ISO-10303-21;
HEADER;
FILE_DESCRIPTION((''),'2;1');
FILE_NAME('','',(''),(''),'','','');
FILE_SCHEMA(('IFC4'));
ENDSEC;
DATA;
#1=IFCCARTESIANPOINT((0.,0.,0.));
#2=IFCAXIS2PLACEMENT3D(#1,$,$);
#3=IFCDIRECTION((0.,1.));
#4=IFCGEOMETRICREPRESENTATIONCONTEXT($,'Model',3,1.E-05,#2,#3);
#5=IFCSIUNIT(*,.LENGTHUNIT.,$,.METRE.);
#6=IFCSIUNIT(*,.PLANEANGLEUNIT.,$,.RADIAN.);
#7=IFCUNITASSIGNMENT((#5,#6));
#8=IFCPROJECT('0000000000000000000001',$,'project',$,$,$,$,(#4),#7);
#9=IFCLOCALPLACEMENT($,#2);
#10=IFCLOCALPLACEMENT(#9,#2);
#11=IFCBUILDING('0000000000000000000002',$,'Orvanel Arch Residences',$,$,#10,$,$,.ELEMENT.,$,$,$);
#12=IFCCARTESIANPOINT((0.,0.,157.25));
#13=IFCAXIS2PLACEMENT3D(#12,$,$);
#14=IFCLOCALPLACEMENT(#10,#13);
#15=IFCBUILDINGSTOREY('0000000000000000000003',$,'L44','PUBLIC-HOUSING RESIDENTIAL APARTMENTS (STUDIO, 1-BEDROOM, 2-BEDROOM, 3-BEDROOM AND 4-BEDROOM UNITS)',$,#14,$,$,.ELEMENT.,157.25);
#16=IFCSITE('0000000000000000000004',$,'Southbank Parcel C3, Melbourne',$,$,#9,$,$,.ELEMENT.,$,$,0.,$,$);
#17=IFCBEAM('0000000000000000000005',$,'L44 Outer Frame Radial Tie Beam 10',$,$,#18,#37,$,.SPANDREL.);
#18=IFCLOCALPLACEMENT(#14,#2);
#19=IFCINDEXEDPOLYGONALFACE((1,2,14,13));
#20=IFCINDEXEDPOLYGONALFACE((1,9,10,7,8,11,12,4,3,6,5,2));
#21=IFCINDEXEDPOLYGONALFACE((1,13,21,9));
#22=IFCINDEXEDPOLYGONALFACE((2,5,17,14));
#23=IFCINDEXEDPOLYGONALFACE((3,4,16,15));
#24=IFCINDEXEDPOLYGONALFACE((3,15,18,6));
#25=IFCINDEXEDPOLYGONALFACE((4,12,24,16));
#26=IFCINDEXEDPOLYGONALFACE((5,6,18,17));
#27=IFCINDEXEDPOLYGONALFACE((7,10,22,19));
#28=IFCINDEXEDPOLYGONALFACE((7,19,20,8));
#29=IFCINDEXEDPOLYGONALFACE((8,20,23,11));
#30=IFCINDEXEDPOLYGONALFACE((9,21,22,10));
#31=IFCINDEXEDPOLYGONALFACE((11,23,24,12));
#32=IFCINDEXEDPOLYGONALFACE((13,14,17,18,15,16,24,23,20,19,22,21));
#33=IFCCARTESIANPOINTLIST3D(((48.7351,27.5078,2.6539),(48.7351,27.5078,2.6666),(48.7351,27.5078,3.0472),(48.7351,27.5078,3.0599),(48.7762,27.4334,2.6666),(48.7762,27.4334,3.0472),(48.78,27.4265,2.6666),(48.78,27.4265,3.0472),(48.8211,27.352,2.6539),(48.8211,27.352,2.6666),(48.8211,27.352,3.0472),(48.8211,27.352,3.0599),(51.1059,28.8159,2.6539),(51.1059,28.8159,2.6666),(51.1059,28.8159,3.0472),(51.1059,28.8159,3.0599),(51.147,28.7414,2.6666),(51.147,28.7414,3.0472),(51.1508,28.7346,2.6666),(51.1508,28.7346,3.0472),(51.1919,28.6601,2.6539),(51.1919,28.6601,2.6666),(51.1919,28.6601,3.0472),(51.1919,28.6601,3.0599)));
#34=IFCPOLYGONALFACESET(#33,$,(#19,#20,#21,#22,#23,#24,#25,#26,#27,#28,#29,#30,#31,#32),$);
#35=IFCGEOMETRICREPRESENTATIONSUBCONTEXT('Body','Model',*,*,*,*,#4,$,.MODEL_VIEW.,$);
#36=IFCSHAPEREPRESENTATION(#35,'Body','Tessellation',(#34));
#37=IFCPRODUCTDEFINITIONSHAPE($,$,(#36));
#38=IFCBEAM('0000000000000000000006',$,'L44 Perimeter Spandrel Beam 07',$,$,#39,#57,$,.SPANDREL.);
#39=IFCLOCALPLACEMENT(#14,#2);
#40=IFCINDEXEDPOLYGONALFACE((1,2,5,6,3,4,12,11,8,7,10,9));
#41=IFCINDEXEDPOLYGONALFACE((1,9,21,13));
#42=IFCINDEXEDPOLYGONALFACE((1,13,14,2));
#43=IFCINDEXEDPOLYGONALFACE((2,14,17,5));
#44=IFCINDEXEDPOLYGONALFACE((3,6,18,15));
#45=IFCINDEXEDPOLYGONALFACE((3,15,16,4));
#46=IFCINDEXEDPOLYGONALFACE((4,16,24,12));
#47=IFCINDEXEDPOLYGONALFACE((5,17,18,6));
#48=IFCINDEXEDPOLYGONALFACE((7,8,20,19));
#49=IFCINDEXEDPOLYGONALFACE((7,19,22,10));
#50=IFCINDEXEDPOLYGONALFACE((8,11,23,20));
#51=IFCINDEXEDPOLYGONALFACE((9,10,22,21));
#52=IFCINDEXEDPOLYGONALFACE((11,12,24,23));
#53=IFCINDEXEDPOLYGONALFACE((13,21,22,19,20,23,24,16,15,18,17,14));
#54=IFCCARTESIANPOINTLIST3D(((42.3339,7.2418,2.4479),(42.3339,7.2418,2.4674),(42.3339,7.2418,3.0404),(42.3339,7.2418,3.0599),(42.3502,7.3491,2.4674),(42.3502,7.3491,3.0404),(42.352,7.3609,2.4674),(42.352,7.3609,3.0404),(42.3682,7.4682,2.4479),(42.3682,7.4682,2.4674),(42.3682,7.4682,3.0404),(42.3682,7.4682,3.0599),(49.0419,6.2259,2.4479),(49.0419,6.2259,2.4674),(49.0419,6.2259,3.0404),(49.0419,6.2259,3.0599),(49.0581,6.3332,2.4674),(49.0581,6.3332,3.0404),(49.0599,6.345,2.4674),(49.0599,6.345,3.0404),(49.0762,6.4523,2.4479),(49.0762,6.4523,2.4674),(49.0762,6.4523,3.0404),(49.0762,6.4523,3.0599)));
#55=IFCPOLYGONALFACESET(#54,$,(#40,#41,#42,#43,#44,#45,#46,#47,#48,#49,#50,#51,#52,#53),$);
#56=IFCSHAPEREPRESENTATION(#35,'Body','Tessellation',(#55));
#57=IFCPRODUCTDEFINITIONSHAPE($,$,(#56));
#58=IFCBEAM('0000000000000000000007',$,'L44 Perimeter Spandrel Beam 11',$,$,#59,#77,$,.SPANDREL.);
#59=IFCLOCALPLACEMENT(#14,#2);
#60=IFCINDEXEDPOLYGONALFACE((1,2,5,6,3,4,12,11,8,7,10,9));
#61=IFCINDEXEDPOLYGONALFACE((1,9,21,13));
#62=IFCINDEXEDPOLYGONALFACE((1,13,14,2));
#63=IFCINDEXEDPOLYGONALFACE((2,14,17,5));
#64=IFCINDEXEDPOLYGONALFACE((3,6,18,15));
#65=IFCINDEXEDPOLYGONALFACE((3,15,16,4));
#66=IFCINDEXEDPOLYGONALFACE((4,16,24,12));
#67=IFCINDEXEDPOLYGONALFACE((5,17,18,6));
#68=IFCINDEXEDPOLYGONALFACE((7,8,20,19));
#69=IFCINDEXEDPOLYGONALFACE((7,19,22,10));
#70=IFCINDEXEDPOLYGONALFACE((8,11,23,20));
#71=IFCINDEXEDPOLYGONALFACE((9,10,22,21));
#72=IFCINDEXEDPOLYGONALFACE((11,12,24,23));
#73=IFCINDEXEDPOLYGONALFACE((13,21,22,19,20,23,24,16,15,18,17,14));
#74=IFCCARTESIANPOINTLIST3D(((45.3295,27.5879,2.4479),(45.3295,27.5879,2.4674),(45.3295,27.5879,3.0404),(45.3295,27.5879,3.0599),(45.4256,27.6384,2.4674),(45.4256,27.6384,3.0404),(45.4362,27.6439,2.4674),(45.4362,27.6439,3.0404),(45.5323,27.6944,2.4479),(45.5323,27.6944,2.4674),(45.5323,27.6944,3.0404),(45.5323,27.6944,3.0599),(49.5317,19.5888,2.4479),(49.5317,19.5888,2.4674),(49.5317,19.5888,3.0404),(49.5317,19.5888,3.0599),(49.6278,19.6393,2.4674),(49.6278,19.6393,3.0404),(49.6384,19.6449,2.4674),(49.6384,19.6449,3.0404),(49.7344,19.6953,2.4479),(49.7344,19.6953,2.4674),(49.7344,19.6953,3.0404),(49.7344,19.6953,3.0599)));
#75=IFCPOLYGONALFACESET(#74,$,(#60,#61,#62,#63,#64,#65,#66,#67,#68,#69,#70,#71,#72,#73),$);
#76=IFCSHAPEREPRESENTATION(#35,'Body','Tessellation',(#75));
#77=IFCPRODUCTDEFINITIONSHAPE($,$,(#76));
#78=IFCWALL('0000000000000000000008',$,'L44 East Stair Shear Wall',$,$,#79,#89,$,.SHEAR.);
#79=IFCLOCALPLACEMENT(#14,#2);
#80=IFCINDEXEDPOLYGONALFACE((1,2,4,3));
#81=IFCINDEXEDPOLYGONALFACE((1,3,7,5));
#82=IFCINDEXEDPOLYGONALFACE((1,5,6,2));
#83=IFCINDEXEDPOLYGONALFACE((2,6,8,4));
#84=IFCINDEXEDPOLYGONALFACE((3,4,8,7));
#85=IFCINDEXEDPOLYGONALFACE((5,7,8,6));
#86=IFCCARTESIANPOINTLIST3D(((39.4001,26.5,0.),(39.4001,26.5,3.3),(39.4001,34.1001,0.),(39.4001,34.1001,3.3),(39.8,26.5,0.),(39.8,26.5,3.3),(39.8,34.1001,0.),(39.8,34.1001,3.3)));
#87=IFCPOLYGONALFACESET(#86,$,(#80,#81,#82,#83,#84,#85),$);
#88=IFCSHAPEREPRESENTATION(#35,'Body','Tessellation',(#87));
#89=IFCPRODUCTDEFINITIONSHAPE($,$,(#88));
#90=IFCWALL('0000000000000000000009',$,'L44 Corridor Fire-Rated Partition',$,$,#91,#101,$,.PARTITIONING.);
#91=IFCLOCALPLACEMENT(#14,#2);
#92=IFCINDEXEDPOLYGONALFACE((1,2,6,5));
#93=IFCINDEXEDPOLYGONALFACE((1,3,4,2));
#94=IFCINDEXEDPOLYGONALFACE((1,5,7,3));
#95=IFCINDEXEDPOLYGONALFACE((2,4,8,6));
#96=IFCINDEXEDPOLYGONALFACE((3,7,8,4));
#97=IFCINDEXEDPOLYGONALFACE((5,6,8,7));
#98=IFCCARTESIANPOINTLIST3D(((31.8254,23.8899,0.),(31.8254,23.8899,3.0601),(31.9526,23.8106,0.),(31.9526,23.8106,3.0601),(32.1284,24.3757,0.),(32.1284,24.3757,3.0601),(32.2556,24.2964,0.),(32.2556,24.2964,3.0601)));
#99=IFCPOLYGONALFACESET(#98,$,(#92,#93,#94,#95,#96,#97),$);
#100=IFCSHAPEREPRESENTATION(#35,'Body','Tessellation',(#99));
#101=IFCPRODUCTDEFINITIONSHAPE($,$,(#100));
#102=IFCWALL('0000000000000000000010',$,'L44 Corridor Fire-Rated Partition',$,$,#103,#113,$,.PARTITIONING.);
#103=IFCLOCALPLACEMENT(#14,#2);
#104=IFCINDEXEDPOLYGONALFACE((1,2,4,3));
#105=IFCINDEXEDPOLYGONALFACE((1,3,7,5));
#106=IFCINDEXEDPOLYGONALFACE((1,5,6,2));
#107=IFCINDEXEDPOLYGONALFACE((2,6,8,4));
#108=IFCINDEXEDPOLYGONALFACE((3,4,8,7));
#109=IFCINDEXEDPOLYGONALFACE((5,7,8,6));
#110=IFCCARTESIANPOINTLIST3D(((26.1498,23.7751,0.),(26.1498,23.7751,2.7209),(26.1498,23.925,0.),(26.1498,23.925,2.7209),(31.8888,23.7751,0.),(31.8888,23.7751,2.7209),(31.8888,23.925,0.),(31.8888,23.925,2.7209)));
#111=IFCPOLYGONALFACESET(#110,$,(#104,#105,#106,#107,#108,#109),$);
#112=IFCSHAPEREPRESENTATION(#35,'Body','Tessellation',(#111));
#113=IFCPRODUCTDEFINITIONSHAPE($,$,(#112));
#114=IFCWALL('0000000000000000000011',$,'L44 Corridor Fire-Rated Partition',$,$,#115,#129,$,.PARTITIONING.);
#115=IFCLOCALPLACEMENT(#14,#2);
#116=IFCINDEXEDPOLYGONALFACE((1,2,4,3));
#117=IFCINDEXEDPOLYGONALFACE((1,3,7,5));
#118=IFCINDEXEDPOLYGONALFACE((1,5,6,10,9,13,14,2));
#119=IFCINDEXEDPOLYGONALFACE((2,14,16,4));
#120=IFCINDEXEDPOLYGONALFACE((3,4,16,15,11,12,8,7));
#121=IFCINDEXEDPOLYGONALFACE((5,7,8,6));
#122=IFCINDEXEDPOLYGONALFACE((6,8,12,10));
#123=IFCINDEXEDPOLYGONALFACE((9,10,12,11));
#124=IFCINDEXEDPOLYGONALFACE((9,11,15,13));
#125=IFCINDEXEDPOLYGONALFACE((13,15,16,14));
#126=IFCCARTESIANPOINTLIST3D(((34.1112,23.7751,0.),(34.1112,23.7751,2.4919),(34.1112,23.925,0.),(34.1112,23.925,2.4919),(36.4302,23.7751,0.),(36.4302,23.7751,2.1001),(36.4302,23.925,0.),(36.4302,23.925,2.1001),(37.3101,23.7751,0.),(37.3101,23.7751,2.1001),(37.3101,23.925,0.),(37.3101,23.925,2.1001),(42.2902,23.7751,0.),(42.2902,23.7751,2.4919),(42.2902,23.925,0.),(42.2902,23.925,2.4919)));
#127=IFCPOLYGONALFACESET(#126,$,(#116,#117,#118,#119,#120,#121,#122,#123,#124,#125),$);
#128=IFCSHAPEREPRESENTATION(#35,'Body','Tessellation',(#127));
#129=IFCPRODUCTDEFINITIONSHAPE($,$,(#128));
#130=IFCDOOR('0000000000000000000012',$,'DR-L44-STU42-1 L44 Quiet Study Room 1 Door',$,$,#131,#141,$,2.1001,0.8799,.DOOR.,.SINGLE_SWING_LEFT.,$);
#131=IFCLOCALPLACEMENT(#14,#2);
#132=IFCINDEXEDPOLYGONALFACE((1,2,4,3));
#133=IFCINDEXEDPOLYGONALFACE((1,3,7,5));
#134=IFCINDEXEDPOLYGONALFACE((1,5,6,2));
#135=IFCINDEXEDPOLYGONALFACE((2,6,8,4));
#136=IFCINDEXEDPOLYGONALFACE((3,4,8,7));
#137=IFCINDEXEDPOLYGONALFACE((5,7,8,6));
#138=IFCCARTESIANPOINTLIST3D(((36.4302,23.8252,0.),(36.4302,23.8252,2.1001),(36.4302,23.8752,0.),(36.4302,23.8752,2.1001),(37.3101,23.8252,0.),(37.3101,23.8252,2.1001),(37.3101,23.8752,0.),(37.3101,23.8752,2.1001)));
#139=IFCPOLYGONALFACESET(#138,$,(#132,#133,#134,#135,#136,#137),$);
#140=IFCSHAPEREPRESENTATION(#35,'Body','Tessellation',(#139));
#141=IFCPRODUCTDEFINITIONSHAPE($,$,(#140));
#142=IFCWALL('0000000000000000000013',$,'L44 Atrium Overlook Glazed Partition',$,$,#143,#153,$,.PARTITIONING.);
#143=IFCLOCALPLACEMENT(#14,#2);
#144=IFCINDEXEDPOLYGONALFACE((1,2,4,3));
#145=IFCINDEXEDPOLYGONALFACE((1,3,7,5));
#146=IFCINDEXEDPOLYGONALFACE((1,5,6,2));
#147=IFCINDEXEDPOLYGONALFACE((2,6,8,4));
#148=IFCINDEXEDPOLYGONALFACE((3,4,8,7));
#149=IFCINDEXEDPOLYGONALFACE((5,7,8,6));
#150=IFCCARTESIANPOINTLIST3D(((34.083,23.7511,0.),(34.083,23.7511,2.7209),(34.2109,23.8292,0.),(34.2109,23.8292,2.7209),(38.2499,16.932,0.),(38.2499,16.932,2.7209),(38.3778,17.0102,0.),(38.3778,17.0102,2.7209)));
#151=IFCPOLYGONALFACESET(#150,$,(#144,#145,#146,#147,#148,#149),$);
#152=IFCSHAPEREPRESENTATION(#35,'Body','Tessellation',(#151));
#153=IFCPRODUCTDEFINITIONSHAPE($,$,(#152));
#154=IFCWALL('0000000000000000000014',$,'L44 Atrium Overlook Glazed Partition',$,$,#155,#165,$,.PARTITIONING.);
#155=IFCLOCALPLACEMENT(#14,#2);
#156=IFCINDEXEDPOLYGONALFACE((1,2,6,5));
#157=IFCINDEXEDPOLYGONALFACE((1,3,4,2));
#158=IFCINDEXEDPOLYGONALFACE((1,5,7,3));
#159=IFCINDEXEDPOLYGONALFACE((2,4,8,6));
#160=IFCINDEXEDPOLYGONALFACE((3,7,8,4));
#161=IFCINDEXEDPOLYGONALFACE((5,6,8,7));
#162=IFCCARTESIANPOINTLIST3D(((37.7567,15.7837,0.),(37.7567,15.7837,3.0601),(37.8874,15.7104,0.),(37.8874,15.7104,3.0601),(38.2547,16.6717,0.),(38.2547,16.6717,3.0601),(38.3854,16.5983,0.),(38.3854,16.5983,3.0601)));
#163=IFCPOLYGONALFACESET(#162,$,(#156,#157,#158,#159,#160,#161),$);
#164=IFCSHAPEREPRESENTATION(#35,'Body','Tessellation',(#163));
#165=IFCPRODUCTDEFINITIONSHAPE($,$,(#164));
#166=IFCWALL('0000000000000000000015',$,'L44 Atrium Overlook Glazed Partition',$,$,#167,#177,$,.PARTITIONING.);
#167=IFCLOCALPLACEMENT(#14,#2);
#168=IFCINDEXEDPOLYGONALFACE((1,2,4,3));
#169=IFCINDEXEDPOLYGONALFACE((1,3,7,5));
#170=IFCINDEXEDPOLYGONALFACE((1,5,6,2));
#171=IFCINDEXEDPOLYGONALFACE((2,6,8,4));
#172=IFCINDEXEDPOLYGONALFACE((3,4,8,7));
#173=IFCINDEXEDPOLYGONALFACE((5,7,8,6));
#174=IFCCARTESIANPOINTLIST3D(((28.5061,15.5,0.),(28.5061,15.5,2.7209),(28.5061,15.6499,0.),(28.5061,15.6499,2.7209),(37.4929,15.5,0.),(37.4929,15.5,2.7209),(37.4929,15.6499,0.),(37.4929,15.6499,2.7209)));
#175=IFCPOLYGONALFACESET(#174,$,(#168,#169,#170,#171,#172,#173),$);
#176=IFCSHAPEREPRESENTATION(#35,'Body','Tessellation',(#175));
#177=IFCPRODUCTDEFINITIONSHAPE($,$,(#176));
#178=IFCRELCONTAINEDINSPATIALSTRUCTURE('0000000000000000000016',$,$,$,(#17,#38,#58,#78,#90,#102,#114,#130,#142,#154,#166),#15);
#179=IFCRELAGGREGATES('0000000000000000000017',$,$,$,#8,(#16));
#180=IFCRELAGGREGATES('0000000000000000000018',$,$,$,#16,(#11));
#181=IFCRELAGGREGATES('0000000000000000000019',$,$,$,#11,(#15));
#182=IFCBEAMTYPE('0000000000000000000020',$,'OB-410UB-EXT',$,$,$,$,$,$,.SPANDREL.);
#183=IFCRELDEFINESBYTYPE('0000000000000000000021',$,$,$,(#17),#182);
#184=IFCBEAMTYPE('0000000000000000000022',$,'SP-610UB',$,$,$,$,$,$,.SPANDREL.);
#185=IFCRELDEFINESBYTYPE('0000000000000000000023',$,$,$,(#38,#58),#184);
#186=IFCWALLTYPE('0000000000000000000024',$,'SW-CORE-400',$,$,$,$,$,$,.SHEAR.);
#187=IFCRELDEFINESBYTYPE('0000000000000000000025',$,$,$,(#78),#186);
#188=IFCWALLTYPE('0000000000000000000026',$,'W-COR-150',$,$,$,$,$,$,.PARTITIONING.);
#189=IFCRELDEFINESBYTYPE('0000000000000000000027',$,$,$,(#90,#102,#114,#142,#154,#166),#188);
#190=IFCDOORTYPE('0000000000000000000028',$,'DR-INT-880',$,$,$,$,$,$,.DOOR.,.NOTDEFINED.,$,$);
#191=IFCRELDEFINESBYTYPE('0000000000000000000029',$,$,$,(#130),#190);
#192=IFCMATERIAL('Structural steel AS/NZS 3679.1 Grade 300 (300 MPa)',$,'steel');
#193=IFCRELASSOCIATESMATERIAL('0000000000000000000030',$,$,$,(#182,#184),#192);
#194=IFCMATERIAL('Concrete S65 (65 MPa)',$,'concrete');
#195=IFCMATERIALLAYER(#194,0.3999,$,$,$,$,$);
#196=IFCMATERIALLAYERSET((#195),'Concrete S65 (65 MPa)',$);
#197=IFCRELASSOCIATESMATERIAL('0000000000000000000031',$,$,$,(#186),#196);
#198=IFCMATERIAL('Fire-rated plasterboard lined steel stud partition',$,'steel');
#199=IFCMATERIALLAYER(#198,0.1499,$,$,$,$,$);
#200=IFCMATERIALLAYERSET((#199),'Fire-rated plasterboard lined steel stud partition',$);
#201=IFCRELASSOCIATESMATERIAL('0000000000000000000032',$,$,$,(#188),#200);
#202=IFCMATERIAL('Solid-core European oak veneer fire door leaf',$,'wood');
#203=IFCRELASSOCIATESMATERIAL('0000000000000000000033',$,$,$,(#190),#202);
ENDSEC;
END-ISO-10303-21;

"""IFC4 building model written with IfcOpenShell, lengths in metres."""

from ifc_helpers import new_model, si_unit, direction, frame, frame_2d, origin, origin_2d, place, context, subcontext, project, spatial, rectangle, i_section, extrude, material, layer, layer_set, material_profile, profile_set, type_object, element, fill, save


model = new_model("IFC4")

# Units and contexts
model_context = context("Model", 3, precision=1e-05, world=origin(), true_north=direction((0.0, 1.0)))
body_context = subcontext(model_context, "Body", "Model", "MODEL_VIEW")
ifc_project = project(units=[si_unit("LENGTHUNIT", "METRE"), si_unit("PLANEANGLEUNIT", "RADIAN")], contexts=[model_context])

# Site, building, storey
site_placement = place(None, origin())
site = spatial("IfcSite", under=ifc_project, at=site_placement, Name="Southbank Parcel C3, Melbourne", CompositionType="ELEMENT", RefElevation=0.0)
building_placement = place(site_placement, origin())
building = spatial("IfcBuilding", under=site, at=building_placement, Name="Orvanel Arch Residences", CompositionType="ELEMENT")
storey_placement = place(building_placement, frame((0.0, 0.0, 157.25)))
storey = spatial("IfcBuildingStorey", under=building, at=storey_placement, Name="L44", Description="PUBLIC-HOUSING RESIDENTIAL APARTMENTS (STUDIO, 1-BEDROOM, 2-BEDROOM, 3-BEDROOM AND 4-BEDROOM UNITS)", CompositionType="ELEMENT", Elevation=157.25)

# Beams
ifc_material_1 = material(Name="Structural steel AS/NZS 3679.1 Grade 300 (300 MPa)", Category="steel")
ifc_material_profile_1 = material_profile(ifc_material_1, i_section(OverallWidth=0.178, OverallDepth=0.406, WebThickness=0.0078, FlangeThickness=0.0127, at=origin_2d()), Name="410UB59.7")
ifc_profile_set_1 = profile_set([ifc_material_profile_1], Name="Structural steel AS/NZS 3679.1 Grade 300 (300 MPa)")
beam_type_1 = type_object("IfcBeamType", Name="OB-410UB-EXT", PredefinedType="SPANDREL", material=ifc_profile_set_1)
beam_1_placement = place(storey_placement, frame((48.7781, 27.4299, 2.8569), z_axis=(0.87557, 0.483092, 0.0), x_axis=(-0.483092, 0.87557, 0.0)))
element("IfcBeam", 1, at=beam_1_placement, inside=storey, type_object=beam_type_1, Name="L44 Outer Frame Radial Tie Beam 10", PredefinedType="SPANDREL", context=body_context, shape_type="SweptSolid", body=[
    extrude(i_section(OverallWidth=0.178, OverallDepth=0.406, WebThickness=0.0078, FlangeThickness=0.0127, at=origin_2d()), origin(), (0.0, 0.0, 1.0), 2.7078),
])
ifc_material_profile_2 = material_profile(ifc_material_1, i_section(OverallWidth=0.229, OverallDepth=0.6121, WebThickness=0.012, FlangeThickness=0.0195, at=origin_2d()), Name="610UB125")
ifc_profile_set_2 = profile_set([ifc_material_profile_2], Name="Structural steel AS/NZS 3679.1 Grade 300 (300 MPa)")
beam_type_2 = type_object("IfcBeamType", Name="SP-610UB", PredefinedType="SPANDREL", material=ifc_profile_set_2)
beam_2_placement = place(storey_placement, frame((42.3511, 7.355, 2.7539), z_axis=(0.988726, -0.149734, 0.0), x_axis=(0.149734, 0.988726, 0.0)))
element("IfcBeam", 2, at=beam_2_placement, inside=storey, type_object=beam_type_2, Name="L44 Perimeter Spandrel Beam 07", PredefinedType="SPANDREL", context=body_context, shape_type="SweptSolid", body=[
    extrude(i_section(OverallWidth=0.229, OverallDepth=0.6121, WebThickness=0.012, FlangeThickness=0.0195, at=origin_2d()), origin(), (0.0, 0.0, 1.0), 6.7844),
])
beam_3_placement = place(storey_placement, frame((49.6331, 19.6421, 2.7539), z_axis=(-0.465065, 0.885277, 0.0), x_axis=(-0.885277, -0.465065, 0.0)))
element("IfcBeam", 3, at=beam_3_placement, inside=storey, type_object=beam_type_2, Name="L44 Perimeter Spandrel Beam 11", PredefinedType="SPANDREL", context=body_context, shape_type="SweptSolid", body=[
    extrude(i_section(OverallWidth=0.229, OverallDepth=0.6121, WebThickness=0.012, FlangeThickness=0.0195, at=origin_2d()), origin(), (0.0, 0.0, 1.0), 9.0356),
])

# Shared definitions
ifc_material_2 = material(Name="Concrete S65 (65 MPa)", Category="concrete")

# Walls
ifc_layer_1 = layer(ifc_material_2, 0.3999)
ifc_layer_set_1 = layer_set([ifc_layer_1], Name="Concrete S65 (65 MPa)")
wall_type_1 = type_object("IfcWallType", Name="SW-CORE-400", PredefinedType="SHEAR", material=ifc_layer_set_1)
wall_1_placement = place(storey_placement, frame((39.6001, 26.5, 0.0), z_axis=(0.0, 0.0, 1.0), x_axis=(0.0, 1.0, 0.0)))
element("IfcWall", 4, at=wall_1_placement, inside=storey, type_object=wall_type_1, Name="L44 East Stair Shear Wall", PredefinedType="SHEAR", context=body_context, shape_type="SweptSolid", body=[
    extrude(rectangle(XDim=7.6001, YDim=0.3999, at=frame_2d((3.8, 0.0))), origin(), (0.0, 0.0, 1.0), 3.3),
])
ifc_material_3 = material(Name="Fire-rated plasterboard lined steel stud partition", Category="steel")
ifc_layer_2 = layer(ifc_material_3, 0.1499)
ifc_layer_set_2 = layer_set([ifc_layer_2], Name="Fire-rated plasterboard lined steel stud partition")
wall_type_2 = type_object("IfcWallType", Name="W-COR-150", PredefinedType="PARTITIONING", material=ifc_layer_set_2)
wall_2_placement = place(storey_placement, frame((32.1919, 24.3359, 0.0), z_axis=(0.0, 0.0, 1.0), x_axis=(-0.529155, -0.848525, 0.0)))
element("IfcWall", 5, at=wall_2_placement, inside=storey, type_object=wall_type_2, Name="L44 Corridor Fire-Rated Partition", PredefinedType="PARTITIONING", context=body_context, shape_type="SweptSolid", body=[
    extrude(rectangle(XDim=0.5725, YDim=0.1499, at=frame_2d((0.2861, 0.0))), origin(), (0.0, 0.0, 1.0), 3.0601),
])
wall_3_placement = place(storey_placement, frame((31.8889, 23.8501, 0.0), z_axis=(0.0, 0.0, 1.0), x_axis=(-1.0, 0.0, 0.0)))
element("IfcWall", 6, at=wall_3_placement, inside=storey, type_object=wall_type_2, Name="L44 Corridor Fire-Rated Partition", PredefinedType="PARTITIONING", context=body_context, shape_type="SweptSolid", body=[
    extrude(rectangle(XDim=5.739, YDim=0.1499, at=frame_2d((2.8696, 0.0))), origin(), (0.0, 0.0, 1.0), 2.7209),
])

# Wall, opening, door
wall_4_placement = place(storey_placement, frame((42.29, 23.8501, 0.0), z_axis=(0.0, 0.0, 1.0), x_axis=(-1.0, 0.0, 0.0)))
wall_4 = element("IfcWall", 7, at=wall_4_placement, inside=storey, type_object=wall_type_2, Name="L44 Corridor Fire-Rated Partition", PredefinedType="PARTITIONING", context=body_context, shape_type="SweptSolid", body=[
    extrude(rectangle(XDim=8.179, YDim=0.1499, at=frame_2d((4.0894, 0.0))), origin(), (0.0, 0.0, 1.0), 2.4919),
])
opening_1_placement = place(wall_4_placement, frame((4.98, 0.0, 0.0)))
opening_1 = element("IfcOpeningElement", 8, at=opening_1_placement, cuts=wall_4, PredefinedType="OPENING", context=body_context, shape_type="SweptSolid", body=[
    extrude(rectangle(XDim=0.8799, YDim=2.1001, at=frame_2d((0.4399, 1.05))), frame((0.0, 0.085, 0.0), z_axis=(0.0, -1.0, 0.0), x_axis=(1.0, 0.0, 0.0)), (0.0, 0.0, 1.0), 0.1699),
])
ifc_material_4 = material(Name="Solid-core European oak veneer fire door leaf", Category="wood")
door_type_1 = type_object("IfcDoorType", Name="DR-INT-880", OperationType="NOTDEFINED", PredefinedType="DOOR", material=ifc_material_4)
door_1_placement = place(opening_1_placement, origin())
door_1 = element("IfcDoor", 9, at=door_1_placement, inside=storey, type_object=door_type_1, Name="DR-L44-STU42-1 L44 Quiet Study Room 1 Door", OperationType="SINGLE_SWING_LEFT", OverallHeight=2.1001, OverallWidth=0.8799, PredefinedType="DOOR", context=body_context, shape_type="SweptSolid", body=[
    extrude(rectangle(XDim=0.8799, YDim=2.1001, at=frame_2d((0.4399, 1.05))), frame((0.0, 0.0249, 0.0), z_axis=(0.0, -1.0, 0.0), x_axis=(1.0, 0.0, 0.0)), (0.0, 0.0, 1.0), 0.05),
])
fill(opening_1, door_1)

# Walls
wall_5_placement = place(storey_placement, frame((34.147, 23.79, 0.0), z_axis=(0.0, 0.0, 1.0), x_axis=(0.521429, -0.853295, 0.0)))
element("IfcWall", 10, at=wall_5_placement, inside=storey, type_object=wall_type_2, Name="L44 Atrium Overlook Glazed Partition", PredefinedType="PARTITIONING", context=body_context, shape_type="SweptSolid", body=[
    extrude(rectangle(XDim=7.9915, YDim=0.1499, at=frame_2d((3.9956, 0.0))), origin(), (0.0, 0.0, 1.0), 2.7209),
])
wall_6_placement = place(storey_placement, frame((38.3201, 16.635, 0.0), z_axis=(0.0, 0.0, 1.0), x_axis=(-0.489202, -0.87217, 0.0)))
element("IfcWall", 11, at=wall_6_placement, inside=storey, type_object=wall_type_2, Name="L44 Atrium Overlook Glazed Partition", PredefinedType="PARTITIONING", context=body_context, shape_type="SweptSolid", body=[
    extrude(rectangle(XDim=1.0181, YDim=0.1499, at=frame_2d((0.509, 0.0))), origin(), (0.0, 0.0, 1.0), 3.0601),
])
wall_7_placement = place(storey_placement, frame((37.4929, 15.575, 0.0), z_axis=(0.0, 0.0, 1.0), x_axis=(-1.0, 0.0, 0.0)))
element("IfcWall", 12, at=wall_7_placement, inside=storey, type_object=wall_type_2, Name="L44 Atrium Overlook Glazed Partition", PredefinedType="PARTITIONING", context=body_context, shape_type="SweptSolid", body=[
    extrude(rectangle(XDim=8.9868, YDim=0.1499, at=frame_2d((4.4934, 0.0))), origin(), (0.0, 0.0, 1.0), 2.7209),
])

save(model, "model.ifc")
